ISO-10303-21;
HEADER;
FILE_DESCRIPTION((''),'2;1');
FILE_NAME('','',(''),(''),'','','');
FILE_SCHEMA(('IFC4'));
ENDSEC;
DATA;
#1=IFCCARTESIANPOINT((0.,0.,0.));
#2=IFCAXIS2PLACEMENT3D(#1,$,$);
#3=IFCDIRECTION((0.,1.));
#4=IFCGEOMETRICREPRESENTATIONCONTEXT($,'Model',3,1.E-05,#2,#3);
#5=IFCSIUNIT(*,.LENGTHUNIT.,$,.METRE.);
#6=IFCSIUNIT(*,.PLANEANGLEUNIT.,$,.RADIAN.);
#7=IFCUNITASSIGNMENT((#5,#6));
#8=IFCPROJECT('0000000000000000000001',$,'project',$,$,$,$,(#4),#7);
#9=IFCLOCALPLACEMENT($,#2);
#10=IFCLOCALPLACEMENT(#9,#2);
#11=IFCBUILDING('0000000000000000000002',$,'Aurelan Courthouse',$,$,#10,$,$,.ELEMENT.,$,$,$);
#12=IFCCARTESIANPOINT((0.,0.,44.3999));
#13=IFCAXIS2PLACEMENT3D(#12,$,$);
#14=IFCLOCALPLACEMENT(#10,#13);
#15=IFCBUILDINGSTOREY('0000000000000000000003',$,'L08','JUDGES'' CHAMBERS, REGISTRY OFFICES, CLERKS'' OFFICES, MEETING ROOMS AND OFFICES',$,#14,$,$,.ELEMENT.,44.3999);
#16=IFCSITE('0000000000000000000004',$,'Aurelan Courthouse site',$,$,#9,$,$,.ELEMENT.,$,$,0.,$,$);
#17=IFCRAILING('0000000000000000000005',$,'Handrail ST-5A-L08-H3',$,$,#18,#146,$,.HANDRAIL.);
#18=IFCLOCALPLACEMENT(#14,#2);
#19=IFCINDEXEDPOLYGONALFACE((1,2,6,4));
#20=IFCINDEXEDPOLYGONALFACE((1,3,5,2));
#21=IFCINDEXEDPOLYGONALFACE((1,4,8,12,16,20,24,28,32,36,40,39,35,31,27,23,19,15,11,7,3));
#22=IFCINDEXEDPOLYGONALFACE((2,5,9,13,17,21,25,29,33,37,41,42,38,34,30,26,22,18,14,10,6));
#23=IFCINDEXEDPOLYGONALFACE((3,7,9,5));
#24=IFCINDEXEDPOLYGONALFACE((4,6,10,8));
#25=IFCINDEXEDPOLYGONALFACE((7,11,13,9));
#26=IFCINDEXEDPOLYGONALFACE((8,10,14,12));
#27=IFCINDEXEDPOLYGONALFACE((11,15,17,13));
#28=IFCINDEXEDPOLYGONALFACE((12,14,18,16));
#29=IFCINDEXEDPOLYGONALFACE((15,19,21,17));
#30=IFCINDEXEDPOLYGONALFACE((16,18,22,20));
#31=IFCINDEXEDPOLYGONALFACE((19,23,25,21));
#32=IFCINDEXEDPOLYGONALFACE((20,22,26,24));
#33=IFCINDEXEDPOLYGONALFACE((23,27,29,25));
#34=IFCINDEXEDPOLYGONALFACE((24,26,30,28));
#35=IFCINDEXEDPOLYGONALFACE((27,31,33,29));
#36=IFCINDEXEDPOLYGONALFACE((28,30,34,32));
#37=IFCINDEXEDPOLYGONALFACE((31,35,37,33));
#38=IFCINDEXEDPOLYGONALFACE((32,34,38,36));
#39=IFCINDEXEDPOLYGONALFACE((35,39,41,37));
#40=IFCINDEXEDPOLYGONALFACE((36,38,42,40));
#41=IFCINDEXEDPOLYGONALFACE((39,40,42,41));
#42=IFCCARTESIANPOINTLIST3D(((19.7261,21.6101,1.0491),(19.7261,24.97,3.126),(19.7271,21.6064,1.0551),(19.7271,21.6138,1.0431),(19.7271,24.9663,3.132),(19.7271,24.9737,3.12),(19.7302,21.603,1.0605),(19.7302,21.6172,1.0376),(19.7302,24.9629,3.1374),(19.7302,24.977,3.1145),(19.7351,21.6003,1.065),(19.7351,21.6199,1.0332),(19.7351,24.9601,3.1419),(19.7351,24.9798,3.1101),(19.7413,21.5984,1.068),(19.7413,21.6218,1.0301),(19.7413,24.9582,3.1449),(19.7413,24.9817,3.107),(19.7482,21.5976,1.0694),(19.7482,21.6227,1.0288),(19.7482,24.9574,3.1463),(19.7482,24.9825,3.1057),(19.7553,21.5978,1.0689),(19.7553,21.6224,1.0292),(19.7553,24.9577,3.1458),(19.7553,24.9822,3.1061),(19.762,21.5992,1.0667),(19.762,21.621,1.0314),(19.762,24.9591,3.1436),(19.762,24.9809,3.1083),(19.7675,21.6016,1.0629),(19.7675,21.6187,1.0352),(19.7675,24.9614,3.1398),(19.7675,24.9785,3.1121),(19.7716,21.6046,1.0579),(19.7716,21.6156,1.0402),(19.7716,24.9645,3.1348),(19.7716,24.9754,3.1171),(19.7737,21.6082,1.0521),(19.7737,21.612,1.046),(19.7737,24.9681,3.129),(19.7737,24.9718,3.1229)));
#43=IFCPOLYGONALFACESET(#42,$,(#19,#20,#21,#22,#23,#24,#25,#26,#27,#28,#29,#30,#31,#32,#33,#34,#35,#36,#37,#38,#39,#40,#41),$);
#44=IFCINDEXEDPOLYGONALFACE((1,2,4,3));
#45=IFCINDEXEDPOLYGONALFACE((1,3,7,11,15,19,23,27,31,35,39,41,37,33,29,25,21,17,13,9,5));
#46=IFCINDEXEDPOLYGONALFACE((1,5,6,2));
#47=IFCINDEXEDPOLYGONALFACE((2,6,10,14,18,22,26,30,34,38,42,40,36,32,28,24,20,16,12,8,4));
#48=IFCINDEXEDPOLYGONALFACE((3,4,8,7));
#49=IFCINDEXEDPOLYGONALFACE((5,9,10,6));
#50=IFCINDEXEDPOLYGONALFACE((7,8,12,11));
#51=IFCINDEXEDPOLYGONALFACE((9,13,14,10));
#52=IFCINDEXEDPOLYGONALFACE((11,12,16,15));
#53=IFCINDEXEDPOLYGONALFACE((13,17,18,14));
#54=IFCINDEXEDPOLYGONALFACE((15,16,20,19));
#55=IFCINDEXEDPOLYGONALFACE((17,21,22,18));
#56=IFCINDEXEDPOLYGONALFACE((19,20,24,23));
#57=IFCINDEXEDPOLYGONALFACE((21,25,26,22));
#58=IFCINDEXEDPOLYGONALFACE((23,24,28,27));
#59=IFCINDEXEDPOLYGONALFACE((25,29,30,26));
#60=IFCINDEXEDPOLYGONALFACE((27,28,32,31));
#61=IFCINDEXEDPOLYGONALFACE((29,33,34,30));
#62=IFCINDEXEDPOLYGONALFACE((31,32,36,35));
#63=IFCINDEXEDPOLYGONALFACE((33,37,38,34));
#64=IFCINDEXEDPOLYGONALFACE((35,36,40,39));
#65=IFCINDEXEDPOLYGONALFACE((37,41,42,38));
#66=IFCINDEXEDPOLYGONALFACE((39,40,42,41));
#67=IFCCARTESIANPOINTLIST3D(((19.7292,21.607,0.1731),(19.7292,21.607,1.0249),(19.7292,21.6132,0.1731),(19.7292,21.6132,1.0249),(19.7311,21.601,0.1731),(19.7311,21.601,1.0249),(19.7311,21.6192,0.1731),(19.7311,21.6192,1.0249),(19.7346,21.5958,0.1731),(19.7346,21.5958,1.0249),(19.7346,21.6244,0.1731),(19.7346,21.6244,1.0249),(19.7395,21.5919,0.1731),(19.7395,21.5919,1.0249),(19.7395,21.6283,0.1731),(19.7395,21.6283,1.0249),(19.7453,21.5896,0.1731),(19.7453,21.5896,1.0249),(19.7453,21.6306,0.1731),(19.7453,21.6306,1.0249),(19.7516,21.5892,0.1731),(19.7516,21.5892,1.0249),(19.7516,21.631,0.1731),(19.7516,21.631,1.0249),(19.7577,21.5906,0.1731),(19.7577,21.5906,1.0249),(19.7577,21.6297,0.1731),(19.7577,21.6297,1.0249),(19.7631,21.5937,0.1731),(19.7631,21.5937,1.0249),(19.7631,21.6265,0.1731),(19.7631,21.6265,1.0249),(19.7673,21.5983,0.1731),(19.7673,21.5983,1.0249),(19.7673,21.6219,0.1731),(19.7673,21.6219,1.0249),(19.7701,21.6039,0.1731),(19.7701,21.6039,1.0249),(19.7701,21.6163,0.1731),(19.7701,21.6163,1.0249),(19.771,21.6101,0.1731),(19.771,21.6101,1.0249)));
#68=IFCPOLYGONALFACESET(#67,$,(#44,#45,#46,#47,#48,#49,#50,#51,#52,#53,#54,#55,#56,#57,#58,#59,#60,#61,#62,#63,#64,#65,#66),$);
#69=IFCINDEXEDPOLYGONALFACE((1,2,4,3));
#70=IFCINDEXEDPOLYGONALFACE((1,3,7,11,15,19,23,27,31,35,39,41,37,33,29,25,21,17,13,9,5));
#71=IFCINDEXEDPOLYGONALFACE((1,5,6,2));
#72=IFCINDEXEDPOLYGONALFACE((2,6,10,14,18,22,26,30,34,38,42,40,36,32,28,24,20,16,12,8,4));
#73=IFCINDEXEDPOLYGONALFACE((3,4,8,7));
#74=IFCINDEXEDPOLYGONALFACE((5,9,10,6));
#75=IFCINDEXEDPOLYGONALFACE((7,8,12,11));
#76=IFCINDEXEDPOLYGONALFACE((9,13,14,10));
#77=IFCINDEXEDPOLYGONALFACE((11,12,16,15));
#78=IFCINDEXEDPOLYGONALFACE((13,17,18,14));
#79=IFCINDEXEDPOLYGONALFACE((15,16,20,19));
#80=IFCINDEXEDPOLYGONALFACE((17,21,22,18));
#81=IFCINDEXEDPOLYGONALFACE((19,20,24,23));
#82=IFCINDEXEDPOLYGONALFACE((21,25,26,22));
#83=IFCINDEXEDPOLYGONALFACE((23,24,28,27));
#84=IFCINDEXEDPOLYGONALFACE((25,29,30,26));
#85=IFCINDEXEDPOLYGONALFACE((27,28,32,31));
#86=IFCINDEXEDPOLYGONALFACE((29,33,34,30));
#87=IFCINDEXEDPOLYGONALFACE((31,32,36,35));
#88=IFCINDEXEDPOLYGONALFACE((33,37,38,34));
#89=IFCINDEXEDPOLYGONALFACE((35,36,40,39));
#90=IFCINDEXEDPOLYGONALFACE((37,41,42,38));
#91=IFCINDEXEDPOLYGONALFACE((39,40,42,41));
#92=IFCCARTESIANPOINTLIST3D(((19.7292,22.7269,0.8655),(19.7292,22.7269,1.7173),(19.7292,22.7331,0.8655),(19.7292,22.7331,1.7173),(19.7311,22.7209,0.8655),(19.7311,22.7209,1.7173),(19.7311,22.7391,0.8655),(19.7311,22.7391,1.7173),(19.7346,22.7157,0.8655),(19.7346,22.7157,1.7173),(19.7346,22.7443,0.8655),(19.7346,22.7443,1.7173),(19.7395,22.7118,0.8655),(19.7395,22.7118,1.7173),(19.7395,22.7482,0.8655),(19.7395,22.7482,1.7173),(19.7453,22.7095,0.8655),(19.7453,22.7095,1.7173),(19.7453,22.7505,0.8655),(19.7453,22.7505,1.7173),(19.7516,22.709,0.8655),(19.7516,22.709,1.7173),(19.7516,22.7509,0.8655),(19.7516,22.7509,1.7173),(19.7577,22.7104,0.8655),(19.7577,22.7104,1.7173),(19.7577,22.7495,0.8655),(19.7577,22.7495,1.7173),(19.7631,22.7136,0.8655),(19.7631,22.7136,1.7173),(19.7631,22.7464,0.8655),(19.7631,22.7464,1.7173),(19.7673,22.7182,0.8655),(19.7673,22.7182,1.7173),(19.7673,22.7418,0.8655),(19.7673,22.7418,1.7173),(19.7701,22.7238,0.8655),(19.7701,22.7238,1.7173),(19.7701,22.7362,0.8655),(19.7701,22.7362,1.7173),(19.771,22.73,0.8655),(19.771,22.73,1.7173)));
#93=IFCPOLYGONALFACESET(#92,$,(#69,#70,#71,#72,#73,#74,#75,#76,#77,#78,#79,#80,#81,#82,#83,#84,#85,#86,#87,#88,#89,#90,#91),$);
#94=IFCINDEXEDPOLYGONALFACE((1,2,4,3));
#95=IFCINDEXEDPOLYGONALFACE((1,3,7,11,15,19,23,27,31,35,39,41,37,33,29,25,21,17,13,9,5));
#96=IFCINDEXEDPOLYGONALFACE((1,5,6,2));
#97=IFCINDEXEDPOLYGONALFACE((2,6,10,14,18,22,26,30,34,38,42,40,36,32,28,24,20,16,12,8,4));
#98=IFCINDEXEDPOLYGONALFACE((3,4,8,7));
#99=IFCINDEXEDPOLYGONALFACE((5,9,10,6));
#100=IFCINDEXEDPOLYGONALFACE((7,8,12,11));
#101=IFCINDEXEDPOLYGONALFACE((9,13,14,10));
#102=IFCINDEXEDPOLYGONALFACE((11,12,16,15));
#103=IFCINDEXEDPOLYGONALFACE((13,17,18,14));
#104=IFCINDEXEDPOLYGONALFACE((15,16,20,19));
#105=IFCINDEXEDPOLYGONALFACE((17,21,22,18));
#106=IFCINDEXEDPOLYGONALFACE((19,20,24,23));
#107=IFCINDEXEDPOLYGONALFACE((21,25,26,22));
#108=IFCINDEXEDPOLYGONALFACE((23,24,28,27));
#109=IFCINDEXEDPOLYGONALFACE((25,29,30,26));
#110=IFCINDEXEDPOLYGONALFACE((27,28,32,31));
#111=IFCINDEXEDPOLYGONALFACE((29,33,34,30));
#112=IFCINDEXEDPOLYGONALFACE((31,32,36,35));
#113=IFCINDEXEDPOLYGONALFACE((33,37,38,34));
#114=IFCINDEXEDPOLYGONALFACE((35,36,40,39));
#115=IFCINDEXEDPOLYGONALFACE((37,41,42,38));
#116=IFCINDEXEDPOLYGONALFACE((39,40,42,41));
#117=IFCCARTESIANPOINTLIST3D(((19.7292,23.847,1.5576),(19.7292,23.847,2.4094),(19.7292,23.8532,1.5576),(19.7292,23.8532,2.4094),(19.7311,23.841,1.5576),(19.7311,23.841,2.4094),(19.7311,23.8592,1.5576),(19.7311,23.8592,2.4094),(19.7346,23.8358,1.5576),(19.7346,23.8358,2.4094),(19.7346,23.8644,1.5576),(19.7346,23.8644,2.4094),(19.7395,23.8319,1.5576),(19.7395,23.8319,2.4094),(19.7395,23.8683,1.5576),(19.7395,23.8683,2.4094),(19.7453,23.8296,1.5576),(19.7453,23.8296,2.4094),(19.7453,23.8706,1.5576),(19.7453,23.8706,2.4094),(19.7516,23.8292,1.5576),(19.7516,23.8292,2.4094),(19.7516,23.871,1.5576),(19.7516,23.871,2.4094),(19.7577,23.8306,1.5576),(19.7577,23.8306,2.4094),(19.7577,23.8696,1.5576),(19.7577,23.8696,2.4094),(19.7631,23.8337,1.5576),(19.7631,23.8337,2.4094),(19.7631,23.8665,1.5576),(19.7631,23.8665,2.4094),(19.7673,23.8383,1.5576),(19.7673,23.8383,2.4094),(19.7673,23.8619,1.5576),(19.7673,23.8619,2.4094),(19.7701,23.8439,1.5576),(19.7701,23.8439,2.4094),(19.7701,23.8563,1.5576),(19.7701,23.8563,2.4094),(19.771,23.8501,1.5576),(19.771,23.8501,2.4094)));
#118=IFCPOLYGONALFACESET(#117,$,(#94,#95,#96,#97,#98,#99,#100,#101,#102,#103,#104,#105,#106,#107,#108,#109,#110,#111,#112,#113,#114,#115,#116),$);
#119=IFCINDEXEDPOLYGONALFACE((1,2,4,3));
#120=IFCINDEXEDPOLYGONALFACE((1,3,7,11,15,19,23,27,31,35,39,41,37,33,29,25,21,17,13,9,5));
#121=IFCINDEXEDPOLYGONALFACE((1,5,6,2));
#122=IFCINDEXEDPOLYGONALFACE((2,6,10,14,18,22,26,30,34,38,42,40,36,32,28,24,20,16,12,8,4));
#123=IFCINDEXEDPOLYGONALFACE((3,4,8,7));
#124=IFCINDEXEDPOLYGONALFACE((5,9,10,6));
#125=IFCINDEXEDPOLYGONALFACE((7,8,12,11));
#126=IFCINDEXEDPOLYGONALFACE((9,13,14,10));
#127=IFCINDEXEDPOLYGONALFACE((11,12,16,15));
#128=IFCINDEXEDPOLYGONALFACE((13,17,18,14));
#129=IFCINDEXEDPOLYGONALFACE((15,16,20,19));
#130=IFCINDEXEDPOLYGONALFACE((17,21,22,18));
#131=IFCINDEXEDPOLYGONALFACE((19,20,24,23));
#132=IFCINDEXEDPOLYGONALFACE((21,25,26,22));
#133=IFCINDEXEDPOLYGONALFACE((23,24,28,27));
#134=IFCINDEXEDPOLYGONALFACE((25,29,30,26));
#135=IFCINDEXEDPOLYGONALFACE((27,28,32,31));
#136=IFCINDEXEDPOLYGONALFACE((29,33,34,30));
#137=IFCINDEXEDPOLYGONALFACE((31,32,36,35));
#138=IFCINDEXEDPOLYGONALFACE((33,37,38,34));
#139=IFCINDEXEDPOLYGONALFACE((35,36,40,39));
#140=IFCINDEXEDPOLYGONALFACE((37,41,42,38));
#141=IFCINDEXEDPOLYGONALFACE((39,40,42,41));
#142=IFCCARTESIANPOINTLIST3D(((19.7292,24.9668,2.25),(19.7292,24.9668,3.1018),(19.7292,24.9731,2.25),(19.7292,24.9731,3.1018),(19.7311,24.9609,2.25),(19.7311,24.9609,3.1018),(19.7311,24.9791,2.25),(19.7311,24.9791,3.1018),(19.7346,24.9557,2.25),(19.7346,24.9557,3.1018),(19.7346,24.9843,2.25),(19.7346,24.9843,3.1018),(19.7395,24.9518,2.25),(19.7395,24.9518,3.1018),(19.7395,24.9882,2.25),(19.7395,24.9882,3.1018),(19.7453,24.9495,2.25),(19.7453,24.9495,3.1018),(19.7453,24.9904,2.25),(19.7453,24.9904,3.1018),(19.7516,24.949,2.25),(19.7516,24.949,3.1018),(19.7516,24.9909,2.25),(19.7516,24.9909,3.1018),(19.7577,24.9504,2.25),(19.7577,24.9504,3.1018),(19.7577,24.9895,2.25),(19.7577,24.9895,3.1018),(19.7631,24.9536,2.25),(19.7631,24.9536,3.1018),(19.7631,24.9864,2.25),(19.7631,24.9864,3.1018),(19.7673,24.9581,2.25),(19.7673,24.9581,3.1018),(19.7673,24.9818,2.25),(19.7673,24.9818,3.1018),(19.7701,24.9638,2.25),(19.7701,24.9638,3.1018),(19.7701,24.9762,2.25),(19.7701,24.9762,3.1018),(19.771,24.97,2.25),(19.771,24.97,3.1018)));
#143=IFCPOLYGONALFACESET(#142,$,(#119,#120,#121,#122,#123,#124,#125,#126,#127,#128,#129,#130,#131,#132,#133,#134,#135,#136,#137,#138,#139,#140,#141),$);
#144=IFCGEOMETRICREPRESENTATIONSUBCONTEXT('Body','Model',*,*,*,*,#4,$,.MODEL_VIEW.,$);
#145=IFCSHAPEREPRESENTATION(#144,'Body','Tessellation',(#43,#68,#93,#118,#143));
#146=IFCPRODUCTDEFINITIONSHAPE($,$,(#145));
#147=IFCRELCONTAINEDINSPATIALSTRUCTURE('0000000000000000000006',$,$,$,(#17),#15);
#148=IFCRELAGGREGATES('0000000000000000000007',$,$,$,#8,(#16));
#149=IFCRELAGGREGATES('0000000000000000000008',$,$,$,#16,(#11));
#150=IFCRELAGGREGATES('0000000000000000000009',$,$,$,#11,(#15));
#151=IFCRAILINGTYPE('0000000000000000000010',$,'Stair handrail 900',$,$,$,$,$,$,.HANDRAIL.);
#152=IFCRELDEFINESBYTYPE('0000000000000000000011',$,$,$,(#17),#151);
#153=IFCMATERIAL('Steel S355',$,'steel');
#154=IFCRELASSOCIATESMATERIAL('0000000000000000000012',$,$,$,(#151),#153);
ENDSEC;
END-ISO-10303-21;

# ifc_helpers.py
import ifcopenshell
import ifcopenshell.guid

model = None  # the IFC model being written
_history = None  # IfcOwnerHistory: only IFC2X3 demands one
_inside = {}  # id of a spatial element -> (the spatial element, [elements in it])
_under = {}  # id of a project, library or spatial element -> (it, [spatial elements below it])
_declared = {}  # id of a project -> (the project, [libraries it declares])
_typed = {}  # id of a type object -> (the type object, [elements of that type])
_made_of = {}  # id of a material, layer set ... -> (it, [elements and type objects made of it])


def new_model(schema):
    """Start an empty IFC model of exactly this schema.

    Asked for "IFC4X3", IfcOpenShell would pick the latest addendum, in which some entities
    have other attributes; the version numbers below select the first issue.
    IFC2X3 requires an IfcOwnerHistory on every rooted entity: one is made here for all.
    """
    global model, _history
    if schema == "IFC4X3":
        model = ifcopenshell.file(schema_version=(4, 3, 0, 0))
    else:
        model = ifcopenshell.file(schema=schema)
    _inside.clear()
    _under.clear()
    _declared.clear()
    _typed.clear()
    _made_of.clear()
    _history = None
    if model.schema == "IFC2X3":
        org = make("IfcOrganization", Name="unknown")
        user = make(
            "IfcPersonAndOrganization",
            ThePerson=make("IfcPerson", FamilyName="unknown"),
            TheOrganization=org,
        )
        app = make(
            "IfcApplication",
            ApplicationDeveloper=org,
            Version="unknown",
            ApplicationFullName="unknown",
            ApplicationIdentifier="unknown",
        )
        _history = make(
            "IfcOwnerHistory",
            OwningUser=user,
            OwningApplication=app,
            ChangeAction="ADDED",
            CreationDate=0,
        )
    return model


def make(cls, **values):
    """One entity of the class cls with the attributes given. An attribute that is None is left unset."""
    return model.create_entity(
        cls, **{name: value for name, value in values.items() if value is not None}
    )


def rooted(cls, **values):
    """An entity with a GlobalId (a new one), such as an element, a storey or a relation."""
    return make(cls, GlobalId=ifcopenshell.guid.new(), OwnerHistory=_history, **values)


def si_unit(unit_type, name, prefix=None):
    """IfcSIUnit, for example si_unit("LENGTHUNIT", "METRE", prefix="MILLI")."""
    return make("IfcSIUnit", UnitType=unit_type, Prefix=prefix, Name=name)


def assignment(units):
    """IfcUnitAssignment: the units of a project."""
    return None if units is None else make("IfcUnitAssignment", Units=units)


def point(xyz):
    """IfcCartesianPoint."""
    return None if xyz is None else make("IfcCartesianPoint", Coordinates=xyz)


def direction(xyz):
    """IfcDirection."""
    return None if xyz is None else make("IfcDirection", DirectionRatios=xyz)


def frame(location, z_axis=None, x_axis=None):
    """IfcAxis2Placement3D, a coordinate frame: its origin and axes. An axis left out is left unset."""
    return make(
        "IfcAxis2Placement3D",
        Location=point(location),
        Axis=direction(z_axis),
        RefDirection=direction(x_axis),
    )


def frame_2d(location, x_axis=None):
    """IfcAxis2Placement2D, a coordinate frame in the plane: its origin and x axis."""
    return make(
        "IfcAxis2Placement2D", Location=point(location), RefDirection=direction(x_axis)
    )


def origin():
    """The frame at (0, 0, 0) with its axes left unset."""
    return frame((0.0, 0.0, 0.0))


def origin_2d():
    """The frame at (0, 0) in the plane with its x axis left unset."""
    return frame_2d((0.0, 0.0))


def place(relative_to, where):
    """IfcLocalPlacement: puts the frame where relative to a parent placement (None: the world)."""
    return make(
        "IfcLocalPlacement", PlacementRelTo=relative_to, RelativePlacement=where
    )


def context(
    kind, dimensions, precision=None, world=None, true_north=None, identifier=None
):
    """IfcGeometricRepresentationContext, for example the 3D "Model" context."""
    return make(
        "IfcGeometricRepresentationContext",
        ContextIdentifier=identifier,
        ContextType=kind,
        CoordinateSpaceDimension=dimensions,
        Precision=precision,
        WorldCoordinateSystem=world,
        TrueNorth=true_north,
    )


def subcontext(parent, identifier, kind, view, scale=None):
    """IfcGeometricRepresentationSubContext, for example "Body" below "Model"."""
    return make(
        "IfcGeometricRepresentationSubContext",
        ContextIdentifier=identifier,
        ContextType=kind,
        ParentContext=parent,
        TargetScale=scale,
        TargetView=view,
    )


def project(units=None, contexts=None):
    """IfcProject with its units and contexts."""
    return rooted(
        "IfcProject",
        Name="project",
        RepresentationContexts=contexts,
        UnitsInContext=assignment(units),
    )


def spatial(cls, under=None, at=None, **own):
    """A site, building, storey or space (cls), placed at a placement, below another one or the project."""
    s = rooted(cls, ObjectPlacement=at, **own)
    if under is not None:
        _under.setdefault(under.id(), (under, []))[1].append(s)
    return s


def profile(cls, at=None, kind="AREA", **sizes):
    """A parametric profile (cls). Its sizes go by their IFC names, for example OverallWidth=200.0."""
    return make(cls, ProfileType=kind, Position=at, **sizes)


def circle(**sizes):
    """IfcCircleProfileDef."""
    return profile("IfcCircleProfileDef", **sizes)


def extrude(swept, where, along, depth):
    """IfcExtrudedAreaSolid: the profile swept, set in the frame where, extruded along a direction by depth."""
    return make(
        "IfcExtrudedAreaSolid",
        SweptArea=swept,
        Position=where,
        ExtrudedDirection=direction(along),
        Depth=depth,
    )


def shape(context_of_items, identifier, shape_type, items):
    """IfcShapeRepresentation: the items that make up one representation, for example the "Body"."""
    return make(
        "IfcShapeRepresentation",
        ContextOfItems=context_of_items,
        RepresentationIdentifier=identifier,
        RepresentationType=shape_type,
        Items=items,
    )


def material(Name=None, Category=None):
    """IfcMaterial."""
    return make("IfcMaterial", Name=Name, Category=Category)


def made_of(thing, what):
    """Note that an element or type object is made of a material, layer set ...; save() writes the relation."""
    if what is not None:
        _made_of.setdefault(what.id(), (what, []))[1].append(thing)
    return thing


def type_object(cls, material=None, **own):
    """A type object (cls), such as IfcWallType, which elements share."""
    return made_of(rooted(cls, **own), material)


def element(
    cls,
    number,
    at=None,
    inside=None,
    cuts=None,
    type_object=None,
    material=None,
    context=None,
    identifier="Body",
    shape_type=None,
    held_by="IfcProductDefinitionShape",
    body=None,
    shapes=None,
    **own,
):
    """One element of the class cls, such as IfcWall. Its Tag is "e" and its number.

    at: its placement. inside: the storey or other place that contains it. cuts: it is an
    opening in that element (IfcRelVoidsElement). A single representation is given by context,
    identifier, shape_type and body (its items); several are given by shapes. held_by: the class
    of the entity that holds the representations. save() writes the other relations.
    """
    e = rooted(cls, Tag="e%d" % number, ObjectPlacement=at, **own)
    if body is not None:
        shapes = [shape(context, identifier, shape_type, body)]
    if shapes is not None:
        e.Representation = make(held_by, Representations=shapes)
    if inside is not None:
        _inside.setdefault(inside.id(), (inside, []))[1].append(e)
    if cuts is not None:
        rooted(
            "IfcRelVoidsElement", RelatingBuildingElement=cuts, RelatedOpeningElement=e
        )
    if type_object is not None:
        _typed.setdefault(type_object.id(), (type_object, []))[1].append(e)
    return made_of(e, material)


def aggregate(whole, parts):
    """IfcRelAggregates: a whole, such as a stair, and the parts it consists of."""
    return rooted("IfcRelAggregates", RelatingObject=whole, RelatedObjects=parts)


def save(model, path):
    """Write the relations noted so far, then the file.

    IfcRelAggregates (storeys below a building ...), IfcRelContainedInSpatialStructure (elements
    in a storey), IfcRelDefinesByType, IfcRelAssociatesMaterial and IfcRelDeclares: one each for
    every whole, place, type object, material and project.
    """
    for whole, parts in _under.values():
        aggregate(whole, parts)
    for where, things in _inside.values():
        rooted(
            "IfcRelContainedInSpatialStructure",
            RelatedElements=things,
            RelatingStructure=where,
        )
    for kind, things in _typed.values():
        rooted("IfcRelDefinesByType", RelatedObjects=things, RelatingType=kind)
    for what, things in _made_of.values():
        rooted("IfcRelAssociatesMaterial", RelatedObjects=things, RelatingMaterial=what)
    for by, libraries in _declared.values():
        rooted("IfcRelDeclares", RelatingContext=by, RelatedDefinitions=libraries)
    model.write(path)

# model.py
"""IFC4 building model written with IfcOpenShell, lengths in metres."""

from ifc_helpers import new_model, si_unit, direction, frame, origin, origin_2d, place, context, subcontext, project, spatial, circle, extrude, material, type_object, element, save


model = new_model("IFC4")

# Units and contexts
model_context = context("Model", 3, precision=1e-05, world=origin(), true_north=direction((0.0, 1.0)))
body_context = subcontext(model_context, "Body", "Model", "MODEL_VIEW")
ifc_project = project(units=[si_unit("LENGTHUNIT", "METRE"), si_unit("PLANEANGLEUNIT", "RADIAN")], contexts=[model_context])

# Site, building, storey
site_placement = place(None, origin())
site = spatial("IfcSite", under=ifc_project, at=site_placement, Name="Aurelan Courthouse site", CompositionType="ELEMENT", RefElevation=0.0)
building_placement = place(site_placement, origin())
building = spatial("IfcBuilding", under=site, at=building_placement, Name="Aurelan Courthouse", CompositionType="ELEMENT")
storey_placement = place(building_placement, frame((0.0, 0.0, 44.3999)))
storey = spatial("IfcBuildingStorey", under=building, at=storey_placement, Name="L08", Description="JUDGES' CHAMBERS, REGISTRY OFFICES, CLERKS' OFFICES, MEETING ROOMS AND OFFICES", CompositionType="ELEMENT", Elevation=44.3999)

# Railing
ifc_material_1 = material(Name="Steel S355", Category="steel")
railing_type = type_object("IfcRailingType", Name="Stair handrail 900", PredefinedType="HANDRAIL", material=ifc_material_1)
for number, where, name in (
    (1, (19.75, 21.6101, 0.1731), "Handrail ST-5A-L08-H3"),
):
    element("IfcRailing", number, at=place(storey_placement, frame(where)), inside=storey, type_object=railing_type, Name=name, PredefinedType="HANDRAIL", context=body_context, shape_type="SweptSolid", body=[
        extrude(circle(Radius=0.0239, at=origin_2d()), frame((0.0, 0.0, 0.876), z_axis=(0.0, 0.850606, 0.525803), x_axis=(-1.0, 0.0, 0.0)), (0.0, 0.0, 1.0), 3.95),
        extrude(circle(Radius=0.021, at=origin_2d()), origin(), (0.0, 0.0, 1.0), 0.8518),
        extrude(circle(Radius=0.021, at=origin_2d()), frame((0.0, 1.1199, 0.6924)), (0.0, 0.0, 1.0), 0.8518),
        extrude(circle(Radius=0.021, at=origin_2d()), frame((0.0, 2.24, 1.3845)), (0.0, 0.0, 1.0), 0.8518),
        extrude(circle(Radius=0.021, at=origin_2d()), frame((0.0, 3.3599, 2.0769)), (0.0, 0.0, 1.0), 0.8518),
    ])

save(model, "model.ifc")
